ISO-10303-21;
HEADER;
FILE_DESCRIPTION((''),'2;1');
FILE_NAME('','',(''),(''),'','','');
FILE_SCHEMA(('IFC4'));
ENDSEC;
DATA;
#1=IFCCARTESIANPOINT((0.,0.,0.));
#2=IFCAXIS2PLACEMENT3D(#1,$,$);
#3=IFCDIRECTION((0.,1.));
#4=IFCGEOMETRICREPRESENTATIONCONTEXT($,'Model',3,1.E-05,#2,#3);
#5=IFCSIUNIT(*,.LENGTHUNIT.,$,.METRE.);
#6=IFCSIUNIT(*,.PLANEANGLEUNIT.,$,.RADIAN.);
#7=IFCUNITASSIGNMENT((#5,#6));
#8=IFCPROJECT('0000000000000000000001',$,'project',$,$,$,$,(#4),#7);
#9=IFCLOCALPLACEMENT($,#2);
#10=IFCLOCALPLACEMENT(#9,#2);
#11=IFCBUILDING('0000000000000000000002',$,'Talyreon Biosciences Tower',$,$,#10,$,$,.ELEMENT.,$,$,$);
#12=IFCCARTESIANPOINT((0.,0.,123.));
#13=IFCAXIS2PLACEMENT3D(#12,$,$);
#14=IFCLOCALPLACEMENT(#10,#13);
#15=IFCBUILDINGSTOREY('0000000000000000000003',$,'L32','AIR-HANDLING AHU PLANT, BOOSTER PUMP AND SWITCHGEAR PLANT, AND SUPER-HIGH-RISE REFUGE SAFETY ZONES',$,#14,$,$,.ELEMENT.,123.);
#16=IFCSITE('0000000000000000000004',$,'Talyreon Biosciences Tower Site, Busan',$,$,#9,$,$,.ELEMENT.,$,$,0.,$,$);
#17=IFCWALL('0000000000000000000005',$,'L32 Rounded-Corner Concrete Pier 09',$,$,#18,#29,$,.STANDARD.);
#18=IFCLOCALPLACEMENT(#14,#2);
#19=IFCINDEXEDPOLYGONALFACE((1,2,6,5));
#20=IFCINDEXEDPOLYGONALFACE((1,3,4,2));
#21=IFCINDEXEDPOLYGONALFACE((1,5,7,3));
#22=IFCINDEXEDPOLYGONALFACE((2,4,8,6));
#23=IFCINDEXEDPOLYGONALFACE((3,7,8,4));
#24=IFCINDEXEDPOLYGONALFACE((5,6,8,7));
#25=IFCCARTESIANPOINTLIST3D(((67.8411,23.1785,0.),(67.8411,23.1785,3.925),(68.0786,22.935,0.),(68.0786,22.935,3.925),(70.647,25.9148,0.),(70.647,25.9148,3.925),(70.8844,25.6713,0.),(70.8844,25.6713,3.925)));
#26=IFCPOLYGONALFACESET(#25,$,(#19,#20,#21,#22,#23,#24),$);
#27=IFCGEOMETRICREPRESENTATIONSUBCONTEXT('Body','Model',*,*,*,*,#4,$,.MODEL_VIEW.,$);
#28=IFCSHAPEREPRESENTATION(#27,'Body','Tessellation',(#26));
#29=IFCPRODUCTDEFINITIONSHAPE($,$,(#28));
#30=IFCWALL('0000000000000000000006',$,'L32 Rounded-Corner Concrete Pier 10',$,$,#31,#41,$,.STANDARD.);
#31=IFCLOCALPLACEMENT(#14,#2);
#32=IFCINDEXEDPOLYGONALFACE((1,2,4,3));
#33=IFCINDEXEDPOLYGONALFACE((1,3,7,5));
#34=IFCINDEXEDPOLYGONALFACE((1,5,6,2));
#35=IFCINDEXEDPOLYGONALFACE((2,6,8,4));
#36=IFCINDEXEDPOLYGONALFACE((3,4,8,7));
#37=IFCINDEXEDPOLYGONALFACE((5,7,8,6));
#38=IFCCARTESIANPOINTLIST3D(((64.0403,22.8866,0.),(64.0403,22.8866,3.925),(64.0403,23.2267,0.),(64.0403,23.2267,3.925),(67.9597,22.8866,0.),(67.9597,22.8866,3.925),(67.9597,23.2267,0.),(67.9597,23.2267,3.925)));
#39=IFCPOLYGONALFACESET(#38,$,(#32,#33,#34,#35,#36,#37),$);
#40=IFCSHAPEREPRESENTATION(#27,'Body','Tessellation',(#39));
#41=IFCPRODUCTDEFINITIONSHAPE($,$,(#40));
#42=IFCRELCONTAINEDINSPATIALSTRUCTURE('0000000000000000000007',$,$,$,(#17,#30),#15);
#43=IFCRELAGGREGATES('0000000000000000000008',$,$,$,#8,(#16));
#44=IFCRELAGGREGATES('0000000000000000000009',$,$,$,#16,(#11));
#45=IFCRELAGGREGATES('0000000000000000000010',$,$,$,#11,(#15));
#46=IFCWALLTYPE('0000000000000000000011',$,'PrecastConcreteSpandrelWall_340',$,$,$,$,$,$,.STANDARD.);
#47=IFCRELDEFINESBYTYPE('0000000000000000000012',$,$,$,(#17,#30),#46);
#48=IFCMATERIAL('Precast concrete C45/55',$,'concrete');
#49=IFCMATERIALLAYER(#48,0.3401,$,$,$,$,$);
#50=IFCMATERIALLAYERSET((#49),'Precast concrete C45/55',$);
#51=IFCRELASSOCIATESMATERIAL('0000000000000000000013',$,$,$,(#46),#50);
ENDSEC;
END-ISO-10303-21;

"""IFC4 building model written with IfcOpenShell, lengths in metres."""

from ifc_helpers import new_model, si_unit, direction, frame, frame_2d, origin, place, context, subcontext, project, spatial, rectangle, extrude, material, layer, layer_set, type_object, element, save


model = new_model("IFC4")

# Units and contexts
model_context = context("Model", 3, precision=1e-05, world=origin(), true_north=direction((0.0, 1.0)))
body_context = subcontext(model_context, "Body", "Model", "MODEL_VIEW")
ifc_project = project(units=[si_unit("LENGTHUNIT", "METRE"), si_unit("PLANEANGLEUNIT", "RADIAN")], contexts=[model_context])

# Site, building, storey
site_placement = place(None, origin())
site = spatial("IfcSite", under=ifc_project, at=site_placement, Name="Talyreon Biosciences Tower Site, Busan", CompositionType="ELEMENT", RefElevation=0.0)
building_placement = place(site_placement, origin())
building = spatial("IfcBuilding", under=site, at=building_placement, Name="Talyreon Biosciences Tower", CompositionType="ELEMENT")
storey_placement = place(building_placement, frame((0.0, 0.0, 123.0)))
storey = spatial("IfcBuildingStorey", under=building, at=storey_placement, Name="L32", Description="AIR-HANDLING AHU PLANT, BOOSTER PUMP AND SWITCHGEAR PLANT, AND SUPER-HIGH-RISE REFUGE SAFETY ZONES", CompositionType="ELEMENT", Elevation=123.0)

# Shared definitions
ifc_material_1 = material(Name="Precast concrete C45/55", Category="concrete")

# Walls
ifc_layer_1 = layer(ifc_material_1, 0.3401)
ifc_layer_set_1 = layer_set([ifc_layer_1], Name="Precast concrete C45/55")
wall_type = type_object("IfcWallType", Name="PrecastConcreteSpandrelWall_340", PredefinedType="STANDARD", material=ifc_layer_set_1)
wall_1_placement = place(storey_placement, frame((70.7656, 25.793, 0.0), z_axis=(0.0, 0.0, 1.0), x_axis=(-0.715928, -0.698174, 0.0)))
element("IfcWall", 1, at=wall_1_placement, inside=storey, type_object=wall_type, Name="L32 Rounded-Corner Concrete Pier 09", PredefinedType="STANDARD", context=body_context, shape_type="SweptSolid", body=[
    extrude(rectangle(XDim=3.9192, YDim=0.3401, at=frame_2d((1.9595, 0.0))), origin(), (0.0, 0.0, 1.0), 3.925),
])
wall_2_placement = place(storey_placement, frame((67.9597, 23.0566, 0.0), z_axis=(0.0, 0.0, 1.0), x_axis=(-1.0, 0.0, 0.0)))
element("IfcWall", 2, at=wall_2_placement, inside=storey, type_object=wall_type, Name="L32 Rounded-Corner Concrete Pier 10", PredefinedType="STANDARD", context=body_context, shape_type="SweptSolid", body=[
    extrude(rectangle(XDim=3.9194, YDim=0.3401, at=frame_2d((1.9597, 0.0))), origin(), (0.0, 0.0, 1.0), 3.925),
])

save(model, "model.ifc")
